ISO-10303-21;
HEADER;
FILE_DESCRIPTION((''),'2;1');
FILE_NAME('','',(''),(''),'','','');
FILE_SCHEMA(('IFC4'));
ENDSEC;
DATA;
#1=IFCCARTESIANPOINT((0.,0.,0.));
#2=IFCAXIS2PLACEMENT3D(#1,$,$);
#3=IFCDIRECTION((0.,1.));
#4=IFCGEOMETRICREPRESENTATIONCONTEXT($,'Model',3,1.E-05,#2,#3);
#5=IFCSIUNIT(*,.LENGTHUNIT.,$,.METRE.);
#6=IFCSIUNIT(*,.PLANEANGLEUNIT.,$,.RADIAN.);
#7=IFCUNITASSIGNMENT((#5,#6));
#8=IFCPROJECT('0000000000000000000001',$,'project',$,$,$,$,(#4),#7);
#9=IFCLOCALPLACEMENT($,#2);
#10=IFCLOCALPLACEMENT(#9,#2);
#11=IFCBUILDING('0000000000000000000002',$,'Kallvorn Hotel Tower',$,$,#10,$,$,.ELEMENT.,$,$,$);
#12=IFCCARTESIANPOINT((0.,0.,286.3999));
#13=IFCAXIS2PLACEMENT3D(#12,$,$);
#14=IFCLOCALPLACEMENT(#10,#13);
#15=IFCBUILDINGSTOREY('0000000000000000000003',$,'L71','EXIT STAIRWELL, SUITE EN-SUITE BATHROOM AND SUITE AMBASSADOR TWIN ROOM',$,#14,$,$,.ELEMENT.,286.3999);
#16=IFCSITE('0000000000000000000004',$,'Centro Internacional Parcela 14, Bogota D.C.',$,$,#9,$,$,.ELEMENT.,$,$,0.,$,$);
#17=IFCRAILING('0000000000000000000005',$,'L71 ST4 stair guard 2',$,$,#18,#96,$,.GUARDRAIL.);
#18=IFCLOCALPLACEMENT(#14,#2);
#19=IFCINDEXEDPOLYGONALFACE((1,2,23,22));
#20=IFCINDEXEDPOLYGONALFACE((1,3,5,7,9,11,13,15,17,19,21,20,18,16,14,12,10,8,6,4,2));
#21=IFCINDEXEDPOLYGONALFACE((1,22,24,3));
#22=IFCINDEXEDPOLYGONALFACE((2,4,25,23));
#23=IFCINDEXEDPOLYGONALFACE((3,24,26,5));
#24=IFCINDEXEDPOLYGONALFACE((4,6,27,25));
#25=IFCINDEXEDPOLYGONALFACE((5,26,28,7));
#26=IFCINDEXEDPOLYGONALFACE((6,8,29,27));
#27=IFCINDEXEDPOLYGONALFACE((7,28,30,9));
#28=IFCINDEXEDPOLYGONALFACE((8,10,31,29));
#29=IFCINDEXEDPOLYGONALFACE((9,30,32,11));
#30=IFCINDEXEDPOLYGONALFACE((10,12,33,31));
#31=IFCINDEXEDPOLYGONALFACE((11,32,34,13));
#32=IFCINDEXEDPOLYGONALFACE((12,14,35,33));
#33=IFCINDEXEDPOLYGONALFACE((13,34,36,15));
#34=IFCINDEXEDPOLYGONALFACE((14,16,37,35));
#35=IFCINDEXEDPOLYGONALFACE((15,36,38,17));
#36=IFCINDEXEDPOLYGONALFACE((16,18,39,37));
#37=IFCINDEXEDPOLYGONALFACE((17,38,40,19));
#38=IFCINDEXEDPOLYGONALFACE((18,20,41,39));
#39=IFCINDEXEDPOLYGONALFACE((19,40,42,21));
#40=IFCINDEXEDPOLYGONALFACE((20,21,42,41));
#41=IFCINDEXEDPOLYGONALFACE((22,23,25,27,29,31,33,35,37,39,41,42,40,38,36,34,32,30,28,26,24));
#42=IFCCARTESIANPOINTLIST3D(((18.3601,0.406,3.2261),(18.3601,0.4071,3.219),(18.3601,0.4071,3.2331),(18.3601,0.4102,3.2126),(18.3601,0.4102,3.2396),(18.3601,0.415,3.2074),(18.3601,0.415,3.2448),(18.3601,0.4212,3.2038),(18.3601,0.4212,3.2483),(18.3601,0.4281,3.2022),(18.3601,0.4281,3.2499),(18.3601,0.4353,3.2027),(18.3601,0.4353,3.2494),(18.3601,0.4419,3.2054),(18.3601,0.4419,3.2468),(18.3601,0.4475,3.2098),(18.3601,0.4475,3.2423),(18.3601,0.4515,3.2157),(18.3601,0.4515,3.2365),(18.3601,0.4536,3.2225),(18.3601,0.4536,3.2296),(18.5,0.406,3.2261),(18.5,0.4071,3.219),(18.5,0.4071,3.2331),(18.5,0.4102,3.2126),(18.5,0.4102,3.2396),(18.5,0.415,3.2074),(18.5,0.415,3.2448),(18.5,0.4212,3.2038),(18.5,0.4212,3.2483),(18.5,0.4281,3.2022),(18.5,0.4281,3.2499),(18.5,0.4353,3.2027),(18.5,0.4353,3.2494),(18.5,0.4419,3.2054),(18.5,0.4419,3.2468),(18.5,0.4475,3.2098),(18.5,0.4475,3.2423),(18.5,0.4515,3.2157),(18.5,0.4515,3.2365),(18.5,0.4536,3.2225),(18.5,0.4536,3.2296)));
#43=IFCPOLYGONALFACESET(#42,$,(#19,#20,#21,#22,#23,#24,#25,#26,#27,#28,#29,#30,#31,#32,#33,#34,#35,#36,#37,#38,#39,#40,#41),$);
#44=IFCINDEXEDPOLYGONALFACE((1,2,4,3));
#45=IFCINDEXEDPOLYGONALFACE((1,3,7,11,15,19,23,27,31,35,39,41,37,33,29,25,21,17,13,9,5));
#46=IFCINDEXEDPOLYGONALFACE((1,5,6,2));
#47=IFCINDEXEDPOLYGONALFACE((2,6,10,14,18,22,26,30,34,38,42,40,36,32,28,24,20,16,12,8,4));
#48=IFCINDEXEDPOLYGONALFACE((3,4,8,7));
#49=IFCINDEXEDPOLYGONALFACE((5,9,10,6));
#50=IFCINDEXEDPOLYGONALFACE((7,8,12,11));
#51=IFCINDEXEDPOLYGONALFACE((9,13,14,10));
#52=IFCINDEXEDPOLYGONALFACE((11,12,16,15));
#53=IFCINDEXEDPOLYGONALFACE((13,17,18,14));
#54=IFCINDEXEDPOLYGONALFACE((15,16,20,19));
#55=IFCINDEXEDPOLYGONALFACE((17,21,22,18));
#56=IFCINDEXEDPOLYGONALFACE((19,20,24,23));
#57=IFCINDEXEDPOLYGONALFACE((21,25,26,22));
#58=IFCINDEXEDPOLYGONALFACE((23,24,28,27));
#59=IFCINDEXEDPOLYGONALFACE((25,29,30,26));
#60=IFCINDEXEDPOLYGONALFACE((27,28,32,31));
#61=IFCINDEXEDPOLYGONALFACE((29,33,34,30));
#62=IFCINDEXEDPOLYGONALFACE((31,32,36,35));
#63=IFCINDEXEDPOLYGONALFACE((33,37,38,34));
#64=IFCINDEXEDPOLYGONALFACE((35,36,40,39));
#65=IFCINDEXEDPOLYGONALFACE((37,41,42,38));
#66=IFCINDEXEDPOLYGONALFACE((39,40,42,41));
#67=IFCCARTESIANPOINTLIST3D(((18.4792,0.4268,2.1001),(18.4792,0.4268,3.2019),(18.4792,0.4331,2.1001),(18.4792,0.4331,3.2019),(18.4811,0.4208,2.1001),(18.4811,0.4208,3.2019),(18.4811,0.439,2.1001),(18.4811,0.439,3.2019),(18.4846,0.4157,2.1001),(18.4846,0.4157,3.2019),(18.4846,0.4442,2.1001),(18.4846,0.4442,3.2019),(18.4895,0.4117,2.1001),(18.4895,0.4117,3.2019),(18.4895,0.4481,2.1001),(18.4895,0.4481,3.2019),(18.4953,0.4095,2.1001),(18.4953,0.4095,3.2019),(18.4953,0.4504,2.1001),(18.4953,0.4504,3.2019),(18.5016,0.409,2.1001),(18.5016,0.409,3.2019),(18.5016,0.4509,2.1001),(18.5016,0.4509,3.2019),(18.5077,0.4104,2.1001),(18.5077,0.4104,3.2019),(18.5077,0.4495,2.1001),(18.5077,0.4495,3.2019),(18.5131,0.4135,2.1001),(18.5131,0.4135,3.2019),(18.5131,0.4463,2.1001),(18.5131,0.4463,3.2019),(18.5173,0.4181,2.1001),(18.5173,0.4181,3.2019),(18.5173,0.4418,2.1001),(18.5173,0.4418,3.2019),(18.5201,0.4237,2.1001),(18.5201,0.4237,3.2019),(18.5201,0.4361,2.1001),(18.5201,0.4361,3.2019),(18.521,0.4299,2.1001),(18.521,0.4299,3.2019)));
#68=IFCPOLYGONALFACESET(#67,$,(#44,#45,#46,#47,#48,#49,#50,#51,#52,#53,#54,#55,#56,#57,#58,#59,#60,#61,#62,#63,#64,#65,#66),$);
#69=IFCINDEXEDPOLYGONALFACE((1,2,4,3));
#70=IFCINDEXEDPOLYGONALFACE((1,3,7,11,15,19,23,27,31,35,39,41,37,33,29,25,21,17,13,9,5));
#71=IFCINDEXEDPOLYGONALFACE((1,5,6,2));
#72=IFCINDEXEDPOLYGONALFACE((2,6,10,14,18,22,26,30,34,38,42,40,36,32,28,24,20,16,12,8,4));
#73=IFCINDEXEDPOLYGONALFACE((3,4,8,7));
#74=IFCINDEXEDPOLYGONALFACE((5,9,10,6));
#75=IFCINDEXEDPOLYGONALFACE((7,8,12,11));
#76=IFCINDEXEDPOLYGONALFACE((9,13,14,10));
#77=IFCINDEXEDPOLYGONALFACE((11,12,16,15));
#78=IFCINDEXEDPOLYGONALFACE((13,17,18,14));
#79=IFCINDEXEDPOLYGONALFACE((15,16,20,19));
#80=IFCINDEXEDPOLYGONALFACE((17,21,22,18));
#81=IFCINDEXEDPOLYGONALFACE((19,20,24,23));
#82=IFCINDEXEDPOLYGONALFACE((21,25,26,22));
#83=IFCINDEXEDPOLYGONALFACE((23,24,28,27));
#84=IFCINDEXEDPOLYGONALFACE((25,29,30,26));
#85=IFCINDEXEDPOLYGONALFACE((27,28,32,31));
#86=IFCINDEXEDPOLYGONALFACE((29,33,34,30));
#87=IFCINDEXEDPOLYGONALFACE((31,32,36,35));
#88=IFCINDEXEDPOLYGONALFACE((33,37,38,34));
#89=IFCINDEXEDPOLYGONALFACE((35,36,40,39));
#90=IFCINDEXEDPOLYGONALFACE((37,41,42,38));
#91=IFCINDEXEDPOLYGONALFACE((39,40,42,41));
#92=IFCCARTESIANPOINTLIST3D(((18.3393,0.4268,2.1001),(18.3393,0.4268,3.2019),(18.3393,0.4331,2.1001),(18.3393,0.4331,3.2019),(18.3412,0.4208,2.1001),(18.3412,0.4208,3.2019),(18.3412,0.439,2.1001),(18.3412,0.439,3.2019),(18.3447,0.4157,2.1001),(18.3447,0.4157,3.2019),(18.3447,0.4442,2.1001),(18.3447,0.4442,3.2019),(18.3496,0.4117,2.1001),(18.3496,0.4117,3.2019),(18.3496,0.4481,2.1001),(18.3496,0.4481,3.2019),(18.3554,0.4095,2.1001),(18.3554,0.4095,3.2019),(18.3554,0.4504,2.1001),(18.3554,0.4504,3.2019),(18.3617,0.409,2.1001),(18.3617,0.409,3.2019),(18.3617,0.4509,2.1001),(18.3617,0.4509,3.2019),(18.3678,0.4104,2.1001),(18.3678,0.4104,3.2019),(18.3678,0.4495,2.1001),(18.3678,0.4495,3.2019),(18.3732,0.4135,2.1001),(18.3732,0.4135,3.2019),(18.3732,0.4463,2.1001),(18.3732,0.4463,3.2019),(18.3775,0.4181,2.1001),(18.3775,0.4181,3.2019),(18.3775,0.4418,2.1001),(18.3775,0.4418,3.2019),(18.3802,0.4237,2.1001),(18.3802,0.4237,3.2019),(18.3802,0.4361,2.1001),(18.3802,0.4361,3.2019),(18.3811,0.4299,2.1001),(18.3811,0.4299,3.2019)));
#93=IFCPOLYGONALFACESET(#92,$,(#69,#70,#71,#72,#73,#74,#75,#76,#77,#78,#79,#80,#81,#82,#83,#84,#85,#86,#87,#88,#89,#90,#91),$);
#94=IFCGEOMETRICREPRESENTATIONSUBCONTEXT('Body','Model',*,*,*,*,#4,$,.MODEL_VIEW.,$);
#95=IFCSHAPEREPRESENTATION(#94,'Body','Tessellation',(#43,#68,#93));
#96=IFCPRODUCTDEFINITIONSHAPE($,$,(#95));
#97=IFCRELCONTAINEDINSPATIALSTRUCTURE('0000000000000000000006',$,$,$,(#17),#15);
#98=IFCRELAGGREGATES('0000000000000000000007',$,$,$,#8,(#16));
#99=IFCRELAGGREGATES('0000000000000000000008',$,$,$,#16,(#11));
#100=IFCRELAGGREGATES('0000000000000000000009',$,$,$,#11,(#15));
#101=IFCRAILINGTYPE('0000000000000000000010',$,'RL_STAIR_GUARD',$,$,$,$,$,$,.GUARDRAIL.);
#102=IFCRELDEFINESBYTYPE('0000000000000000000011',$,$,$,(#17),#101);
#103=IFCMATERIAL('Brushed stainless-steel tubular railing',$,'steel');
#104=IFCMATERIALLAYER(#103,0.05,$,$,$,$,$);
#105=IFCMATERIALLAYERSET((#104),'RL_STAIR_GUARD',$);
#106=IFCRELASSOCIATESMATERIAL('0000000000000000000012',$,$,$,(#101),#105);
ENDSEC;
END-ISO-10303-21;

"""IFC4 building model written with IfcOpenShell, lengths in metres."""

from ifc_helpers import new_model, si_unit, direction, frame, origin, origin_2d, place, context, subcontext, project, spatial, circle, extrude, material, layer, layer_set, type_object, element, save


model = new_model("IFC4")

# Units and contexts
model_context = context("Model", 3, precision=1e-05, world=origin(), true_north=direction((0.0, 1.0)))
body_context = subcontext(model_context, "Body", "Model", "MODEL_VIEW")
ifc_project = project(units=[si_unit("LENGTHUNIT", "METRE"), si_unit("PLANEANGLEUNIT", "RADIAN")], contexts=[model_context])

# Site, building, storey
site_placement = place(None, origin())
site = spatial("IfcSite", under=ifc_project, at=site_placement, Name="Centro Internacional Parcela 14, Bogota D.C.", CompositionType="ELEMENT", RefElevation=0.0)
building_placement = place(site_placement, origin())
building = spatial("IfcBuilding", under=site, at=building_placement, Name="Kallvorn Hotel Tower", CompositionType="ELEMENT")
storey_placement = place(building_placement, frame((0.0, 0.0, 286.3999)))
storey = spatial("IfcBuildingStorey", under=building, at=storey_placement, Name="L71", Description="EXIT STAIRWELL, SUITE EN-SUITE BATHROOM AND SUITE AMBASSADOR TWIN ROOM", CompositionType="ELEMENT", Elevation=286.3999)

# Railing
ifc_material_1 = material(Name="Brushed stainless-steel tubular railing", Category="steel")
ifc_layer_1 = layer(ifc_material_1, 0.05)
ifc_layer_set_1 = layer_set([ifc_layer_1], Name="RL_STAIR_GUARD")
railing_type_1 = type_object("IfcRailingType", Name="RL_STAIR_GUARD", PredefinedType="GUARDRAIL", material=ifc_layer_set_1)
railing_1_placement = place(storey_placement, frame((18.5, 0.4299, 2.1001)))
element("IfcRailing", 1, at=railing_1_placement, inside=storey, type_object=railing_type_1, Name="L71 ST4 stair guard 2", PredefinedType="GUARDRAIL", context=body_context, shape_type="SweptSolid", body=[
    extrude(circle(Radius=0.0239, at=origin_2d()), frame((0.0, 0.0, 1.126), z_axis=(-1.0, 0.0, 0.0), x_axis=(0.0, -1.0, 0.0)), (0.0, 0.0, 1.0), 0.1399),
    extrude(circle(Radius=0.021, at=origin_2d()), origin(), (0.0, 0.0, 1.0), 1.1018),
    extrude(circle(Radius=0.021, at=origin_2d()), frame((-0.1399, 0.0, 0.0)), (0.0, 0.0, 1.0), 1.1018),
])

save(model, "model.ifc")
